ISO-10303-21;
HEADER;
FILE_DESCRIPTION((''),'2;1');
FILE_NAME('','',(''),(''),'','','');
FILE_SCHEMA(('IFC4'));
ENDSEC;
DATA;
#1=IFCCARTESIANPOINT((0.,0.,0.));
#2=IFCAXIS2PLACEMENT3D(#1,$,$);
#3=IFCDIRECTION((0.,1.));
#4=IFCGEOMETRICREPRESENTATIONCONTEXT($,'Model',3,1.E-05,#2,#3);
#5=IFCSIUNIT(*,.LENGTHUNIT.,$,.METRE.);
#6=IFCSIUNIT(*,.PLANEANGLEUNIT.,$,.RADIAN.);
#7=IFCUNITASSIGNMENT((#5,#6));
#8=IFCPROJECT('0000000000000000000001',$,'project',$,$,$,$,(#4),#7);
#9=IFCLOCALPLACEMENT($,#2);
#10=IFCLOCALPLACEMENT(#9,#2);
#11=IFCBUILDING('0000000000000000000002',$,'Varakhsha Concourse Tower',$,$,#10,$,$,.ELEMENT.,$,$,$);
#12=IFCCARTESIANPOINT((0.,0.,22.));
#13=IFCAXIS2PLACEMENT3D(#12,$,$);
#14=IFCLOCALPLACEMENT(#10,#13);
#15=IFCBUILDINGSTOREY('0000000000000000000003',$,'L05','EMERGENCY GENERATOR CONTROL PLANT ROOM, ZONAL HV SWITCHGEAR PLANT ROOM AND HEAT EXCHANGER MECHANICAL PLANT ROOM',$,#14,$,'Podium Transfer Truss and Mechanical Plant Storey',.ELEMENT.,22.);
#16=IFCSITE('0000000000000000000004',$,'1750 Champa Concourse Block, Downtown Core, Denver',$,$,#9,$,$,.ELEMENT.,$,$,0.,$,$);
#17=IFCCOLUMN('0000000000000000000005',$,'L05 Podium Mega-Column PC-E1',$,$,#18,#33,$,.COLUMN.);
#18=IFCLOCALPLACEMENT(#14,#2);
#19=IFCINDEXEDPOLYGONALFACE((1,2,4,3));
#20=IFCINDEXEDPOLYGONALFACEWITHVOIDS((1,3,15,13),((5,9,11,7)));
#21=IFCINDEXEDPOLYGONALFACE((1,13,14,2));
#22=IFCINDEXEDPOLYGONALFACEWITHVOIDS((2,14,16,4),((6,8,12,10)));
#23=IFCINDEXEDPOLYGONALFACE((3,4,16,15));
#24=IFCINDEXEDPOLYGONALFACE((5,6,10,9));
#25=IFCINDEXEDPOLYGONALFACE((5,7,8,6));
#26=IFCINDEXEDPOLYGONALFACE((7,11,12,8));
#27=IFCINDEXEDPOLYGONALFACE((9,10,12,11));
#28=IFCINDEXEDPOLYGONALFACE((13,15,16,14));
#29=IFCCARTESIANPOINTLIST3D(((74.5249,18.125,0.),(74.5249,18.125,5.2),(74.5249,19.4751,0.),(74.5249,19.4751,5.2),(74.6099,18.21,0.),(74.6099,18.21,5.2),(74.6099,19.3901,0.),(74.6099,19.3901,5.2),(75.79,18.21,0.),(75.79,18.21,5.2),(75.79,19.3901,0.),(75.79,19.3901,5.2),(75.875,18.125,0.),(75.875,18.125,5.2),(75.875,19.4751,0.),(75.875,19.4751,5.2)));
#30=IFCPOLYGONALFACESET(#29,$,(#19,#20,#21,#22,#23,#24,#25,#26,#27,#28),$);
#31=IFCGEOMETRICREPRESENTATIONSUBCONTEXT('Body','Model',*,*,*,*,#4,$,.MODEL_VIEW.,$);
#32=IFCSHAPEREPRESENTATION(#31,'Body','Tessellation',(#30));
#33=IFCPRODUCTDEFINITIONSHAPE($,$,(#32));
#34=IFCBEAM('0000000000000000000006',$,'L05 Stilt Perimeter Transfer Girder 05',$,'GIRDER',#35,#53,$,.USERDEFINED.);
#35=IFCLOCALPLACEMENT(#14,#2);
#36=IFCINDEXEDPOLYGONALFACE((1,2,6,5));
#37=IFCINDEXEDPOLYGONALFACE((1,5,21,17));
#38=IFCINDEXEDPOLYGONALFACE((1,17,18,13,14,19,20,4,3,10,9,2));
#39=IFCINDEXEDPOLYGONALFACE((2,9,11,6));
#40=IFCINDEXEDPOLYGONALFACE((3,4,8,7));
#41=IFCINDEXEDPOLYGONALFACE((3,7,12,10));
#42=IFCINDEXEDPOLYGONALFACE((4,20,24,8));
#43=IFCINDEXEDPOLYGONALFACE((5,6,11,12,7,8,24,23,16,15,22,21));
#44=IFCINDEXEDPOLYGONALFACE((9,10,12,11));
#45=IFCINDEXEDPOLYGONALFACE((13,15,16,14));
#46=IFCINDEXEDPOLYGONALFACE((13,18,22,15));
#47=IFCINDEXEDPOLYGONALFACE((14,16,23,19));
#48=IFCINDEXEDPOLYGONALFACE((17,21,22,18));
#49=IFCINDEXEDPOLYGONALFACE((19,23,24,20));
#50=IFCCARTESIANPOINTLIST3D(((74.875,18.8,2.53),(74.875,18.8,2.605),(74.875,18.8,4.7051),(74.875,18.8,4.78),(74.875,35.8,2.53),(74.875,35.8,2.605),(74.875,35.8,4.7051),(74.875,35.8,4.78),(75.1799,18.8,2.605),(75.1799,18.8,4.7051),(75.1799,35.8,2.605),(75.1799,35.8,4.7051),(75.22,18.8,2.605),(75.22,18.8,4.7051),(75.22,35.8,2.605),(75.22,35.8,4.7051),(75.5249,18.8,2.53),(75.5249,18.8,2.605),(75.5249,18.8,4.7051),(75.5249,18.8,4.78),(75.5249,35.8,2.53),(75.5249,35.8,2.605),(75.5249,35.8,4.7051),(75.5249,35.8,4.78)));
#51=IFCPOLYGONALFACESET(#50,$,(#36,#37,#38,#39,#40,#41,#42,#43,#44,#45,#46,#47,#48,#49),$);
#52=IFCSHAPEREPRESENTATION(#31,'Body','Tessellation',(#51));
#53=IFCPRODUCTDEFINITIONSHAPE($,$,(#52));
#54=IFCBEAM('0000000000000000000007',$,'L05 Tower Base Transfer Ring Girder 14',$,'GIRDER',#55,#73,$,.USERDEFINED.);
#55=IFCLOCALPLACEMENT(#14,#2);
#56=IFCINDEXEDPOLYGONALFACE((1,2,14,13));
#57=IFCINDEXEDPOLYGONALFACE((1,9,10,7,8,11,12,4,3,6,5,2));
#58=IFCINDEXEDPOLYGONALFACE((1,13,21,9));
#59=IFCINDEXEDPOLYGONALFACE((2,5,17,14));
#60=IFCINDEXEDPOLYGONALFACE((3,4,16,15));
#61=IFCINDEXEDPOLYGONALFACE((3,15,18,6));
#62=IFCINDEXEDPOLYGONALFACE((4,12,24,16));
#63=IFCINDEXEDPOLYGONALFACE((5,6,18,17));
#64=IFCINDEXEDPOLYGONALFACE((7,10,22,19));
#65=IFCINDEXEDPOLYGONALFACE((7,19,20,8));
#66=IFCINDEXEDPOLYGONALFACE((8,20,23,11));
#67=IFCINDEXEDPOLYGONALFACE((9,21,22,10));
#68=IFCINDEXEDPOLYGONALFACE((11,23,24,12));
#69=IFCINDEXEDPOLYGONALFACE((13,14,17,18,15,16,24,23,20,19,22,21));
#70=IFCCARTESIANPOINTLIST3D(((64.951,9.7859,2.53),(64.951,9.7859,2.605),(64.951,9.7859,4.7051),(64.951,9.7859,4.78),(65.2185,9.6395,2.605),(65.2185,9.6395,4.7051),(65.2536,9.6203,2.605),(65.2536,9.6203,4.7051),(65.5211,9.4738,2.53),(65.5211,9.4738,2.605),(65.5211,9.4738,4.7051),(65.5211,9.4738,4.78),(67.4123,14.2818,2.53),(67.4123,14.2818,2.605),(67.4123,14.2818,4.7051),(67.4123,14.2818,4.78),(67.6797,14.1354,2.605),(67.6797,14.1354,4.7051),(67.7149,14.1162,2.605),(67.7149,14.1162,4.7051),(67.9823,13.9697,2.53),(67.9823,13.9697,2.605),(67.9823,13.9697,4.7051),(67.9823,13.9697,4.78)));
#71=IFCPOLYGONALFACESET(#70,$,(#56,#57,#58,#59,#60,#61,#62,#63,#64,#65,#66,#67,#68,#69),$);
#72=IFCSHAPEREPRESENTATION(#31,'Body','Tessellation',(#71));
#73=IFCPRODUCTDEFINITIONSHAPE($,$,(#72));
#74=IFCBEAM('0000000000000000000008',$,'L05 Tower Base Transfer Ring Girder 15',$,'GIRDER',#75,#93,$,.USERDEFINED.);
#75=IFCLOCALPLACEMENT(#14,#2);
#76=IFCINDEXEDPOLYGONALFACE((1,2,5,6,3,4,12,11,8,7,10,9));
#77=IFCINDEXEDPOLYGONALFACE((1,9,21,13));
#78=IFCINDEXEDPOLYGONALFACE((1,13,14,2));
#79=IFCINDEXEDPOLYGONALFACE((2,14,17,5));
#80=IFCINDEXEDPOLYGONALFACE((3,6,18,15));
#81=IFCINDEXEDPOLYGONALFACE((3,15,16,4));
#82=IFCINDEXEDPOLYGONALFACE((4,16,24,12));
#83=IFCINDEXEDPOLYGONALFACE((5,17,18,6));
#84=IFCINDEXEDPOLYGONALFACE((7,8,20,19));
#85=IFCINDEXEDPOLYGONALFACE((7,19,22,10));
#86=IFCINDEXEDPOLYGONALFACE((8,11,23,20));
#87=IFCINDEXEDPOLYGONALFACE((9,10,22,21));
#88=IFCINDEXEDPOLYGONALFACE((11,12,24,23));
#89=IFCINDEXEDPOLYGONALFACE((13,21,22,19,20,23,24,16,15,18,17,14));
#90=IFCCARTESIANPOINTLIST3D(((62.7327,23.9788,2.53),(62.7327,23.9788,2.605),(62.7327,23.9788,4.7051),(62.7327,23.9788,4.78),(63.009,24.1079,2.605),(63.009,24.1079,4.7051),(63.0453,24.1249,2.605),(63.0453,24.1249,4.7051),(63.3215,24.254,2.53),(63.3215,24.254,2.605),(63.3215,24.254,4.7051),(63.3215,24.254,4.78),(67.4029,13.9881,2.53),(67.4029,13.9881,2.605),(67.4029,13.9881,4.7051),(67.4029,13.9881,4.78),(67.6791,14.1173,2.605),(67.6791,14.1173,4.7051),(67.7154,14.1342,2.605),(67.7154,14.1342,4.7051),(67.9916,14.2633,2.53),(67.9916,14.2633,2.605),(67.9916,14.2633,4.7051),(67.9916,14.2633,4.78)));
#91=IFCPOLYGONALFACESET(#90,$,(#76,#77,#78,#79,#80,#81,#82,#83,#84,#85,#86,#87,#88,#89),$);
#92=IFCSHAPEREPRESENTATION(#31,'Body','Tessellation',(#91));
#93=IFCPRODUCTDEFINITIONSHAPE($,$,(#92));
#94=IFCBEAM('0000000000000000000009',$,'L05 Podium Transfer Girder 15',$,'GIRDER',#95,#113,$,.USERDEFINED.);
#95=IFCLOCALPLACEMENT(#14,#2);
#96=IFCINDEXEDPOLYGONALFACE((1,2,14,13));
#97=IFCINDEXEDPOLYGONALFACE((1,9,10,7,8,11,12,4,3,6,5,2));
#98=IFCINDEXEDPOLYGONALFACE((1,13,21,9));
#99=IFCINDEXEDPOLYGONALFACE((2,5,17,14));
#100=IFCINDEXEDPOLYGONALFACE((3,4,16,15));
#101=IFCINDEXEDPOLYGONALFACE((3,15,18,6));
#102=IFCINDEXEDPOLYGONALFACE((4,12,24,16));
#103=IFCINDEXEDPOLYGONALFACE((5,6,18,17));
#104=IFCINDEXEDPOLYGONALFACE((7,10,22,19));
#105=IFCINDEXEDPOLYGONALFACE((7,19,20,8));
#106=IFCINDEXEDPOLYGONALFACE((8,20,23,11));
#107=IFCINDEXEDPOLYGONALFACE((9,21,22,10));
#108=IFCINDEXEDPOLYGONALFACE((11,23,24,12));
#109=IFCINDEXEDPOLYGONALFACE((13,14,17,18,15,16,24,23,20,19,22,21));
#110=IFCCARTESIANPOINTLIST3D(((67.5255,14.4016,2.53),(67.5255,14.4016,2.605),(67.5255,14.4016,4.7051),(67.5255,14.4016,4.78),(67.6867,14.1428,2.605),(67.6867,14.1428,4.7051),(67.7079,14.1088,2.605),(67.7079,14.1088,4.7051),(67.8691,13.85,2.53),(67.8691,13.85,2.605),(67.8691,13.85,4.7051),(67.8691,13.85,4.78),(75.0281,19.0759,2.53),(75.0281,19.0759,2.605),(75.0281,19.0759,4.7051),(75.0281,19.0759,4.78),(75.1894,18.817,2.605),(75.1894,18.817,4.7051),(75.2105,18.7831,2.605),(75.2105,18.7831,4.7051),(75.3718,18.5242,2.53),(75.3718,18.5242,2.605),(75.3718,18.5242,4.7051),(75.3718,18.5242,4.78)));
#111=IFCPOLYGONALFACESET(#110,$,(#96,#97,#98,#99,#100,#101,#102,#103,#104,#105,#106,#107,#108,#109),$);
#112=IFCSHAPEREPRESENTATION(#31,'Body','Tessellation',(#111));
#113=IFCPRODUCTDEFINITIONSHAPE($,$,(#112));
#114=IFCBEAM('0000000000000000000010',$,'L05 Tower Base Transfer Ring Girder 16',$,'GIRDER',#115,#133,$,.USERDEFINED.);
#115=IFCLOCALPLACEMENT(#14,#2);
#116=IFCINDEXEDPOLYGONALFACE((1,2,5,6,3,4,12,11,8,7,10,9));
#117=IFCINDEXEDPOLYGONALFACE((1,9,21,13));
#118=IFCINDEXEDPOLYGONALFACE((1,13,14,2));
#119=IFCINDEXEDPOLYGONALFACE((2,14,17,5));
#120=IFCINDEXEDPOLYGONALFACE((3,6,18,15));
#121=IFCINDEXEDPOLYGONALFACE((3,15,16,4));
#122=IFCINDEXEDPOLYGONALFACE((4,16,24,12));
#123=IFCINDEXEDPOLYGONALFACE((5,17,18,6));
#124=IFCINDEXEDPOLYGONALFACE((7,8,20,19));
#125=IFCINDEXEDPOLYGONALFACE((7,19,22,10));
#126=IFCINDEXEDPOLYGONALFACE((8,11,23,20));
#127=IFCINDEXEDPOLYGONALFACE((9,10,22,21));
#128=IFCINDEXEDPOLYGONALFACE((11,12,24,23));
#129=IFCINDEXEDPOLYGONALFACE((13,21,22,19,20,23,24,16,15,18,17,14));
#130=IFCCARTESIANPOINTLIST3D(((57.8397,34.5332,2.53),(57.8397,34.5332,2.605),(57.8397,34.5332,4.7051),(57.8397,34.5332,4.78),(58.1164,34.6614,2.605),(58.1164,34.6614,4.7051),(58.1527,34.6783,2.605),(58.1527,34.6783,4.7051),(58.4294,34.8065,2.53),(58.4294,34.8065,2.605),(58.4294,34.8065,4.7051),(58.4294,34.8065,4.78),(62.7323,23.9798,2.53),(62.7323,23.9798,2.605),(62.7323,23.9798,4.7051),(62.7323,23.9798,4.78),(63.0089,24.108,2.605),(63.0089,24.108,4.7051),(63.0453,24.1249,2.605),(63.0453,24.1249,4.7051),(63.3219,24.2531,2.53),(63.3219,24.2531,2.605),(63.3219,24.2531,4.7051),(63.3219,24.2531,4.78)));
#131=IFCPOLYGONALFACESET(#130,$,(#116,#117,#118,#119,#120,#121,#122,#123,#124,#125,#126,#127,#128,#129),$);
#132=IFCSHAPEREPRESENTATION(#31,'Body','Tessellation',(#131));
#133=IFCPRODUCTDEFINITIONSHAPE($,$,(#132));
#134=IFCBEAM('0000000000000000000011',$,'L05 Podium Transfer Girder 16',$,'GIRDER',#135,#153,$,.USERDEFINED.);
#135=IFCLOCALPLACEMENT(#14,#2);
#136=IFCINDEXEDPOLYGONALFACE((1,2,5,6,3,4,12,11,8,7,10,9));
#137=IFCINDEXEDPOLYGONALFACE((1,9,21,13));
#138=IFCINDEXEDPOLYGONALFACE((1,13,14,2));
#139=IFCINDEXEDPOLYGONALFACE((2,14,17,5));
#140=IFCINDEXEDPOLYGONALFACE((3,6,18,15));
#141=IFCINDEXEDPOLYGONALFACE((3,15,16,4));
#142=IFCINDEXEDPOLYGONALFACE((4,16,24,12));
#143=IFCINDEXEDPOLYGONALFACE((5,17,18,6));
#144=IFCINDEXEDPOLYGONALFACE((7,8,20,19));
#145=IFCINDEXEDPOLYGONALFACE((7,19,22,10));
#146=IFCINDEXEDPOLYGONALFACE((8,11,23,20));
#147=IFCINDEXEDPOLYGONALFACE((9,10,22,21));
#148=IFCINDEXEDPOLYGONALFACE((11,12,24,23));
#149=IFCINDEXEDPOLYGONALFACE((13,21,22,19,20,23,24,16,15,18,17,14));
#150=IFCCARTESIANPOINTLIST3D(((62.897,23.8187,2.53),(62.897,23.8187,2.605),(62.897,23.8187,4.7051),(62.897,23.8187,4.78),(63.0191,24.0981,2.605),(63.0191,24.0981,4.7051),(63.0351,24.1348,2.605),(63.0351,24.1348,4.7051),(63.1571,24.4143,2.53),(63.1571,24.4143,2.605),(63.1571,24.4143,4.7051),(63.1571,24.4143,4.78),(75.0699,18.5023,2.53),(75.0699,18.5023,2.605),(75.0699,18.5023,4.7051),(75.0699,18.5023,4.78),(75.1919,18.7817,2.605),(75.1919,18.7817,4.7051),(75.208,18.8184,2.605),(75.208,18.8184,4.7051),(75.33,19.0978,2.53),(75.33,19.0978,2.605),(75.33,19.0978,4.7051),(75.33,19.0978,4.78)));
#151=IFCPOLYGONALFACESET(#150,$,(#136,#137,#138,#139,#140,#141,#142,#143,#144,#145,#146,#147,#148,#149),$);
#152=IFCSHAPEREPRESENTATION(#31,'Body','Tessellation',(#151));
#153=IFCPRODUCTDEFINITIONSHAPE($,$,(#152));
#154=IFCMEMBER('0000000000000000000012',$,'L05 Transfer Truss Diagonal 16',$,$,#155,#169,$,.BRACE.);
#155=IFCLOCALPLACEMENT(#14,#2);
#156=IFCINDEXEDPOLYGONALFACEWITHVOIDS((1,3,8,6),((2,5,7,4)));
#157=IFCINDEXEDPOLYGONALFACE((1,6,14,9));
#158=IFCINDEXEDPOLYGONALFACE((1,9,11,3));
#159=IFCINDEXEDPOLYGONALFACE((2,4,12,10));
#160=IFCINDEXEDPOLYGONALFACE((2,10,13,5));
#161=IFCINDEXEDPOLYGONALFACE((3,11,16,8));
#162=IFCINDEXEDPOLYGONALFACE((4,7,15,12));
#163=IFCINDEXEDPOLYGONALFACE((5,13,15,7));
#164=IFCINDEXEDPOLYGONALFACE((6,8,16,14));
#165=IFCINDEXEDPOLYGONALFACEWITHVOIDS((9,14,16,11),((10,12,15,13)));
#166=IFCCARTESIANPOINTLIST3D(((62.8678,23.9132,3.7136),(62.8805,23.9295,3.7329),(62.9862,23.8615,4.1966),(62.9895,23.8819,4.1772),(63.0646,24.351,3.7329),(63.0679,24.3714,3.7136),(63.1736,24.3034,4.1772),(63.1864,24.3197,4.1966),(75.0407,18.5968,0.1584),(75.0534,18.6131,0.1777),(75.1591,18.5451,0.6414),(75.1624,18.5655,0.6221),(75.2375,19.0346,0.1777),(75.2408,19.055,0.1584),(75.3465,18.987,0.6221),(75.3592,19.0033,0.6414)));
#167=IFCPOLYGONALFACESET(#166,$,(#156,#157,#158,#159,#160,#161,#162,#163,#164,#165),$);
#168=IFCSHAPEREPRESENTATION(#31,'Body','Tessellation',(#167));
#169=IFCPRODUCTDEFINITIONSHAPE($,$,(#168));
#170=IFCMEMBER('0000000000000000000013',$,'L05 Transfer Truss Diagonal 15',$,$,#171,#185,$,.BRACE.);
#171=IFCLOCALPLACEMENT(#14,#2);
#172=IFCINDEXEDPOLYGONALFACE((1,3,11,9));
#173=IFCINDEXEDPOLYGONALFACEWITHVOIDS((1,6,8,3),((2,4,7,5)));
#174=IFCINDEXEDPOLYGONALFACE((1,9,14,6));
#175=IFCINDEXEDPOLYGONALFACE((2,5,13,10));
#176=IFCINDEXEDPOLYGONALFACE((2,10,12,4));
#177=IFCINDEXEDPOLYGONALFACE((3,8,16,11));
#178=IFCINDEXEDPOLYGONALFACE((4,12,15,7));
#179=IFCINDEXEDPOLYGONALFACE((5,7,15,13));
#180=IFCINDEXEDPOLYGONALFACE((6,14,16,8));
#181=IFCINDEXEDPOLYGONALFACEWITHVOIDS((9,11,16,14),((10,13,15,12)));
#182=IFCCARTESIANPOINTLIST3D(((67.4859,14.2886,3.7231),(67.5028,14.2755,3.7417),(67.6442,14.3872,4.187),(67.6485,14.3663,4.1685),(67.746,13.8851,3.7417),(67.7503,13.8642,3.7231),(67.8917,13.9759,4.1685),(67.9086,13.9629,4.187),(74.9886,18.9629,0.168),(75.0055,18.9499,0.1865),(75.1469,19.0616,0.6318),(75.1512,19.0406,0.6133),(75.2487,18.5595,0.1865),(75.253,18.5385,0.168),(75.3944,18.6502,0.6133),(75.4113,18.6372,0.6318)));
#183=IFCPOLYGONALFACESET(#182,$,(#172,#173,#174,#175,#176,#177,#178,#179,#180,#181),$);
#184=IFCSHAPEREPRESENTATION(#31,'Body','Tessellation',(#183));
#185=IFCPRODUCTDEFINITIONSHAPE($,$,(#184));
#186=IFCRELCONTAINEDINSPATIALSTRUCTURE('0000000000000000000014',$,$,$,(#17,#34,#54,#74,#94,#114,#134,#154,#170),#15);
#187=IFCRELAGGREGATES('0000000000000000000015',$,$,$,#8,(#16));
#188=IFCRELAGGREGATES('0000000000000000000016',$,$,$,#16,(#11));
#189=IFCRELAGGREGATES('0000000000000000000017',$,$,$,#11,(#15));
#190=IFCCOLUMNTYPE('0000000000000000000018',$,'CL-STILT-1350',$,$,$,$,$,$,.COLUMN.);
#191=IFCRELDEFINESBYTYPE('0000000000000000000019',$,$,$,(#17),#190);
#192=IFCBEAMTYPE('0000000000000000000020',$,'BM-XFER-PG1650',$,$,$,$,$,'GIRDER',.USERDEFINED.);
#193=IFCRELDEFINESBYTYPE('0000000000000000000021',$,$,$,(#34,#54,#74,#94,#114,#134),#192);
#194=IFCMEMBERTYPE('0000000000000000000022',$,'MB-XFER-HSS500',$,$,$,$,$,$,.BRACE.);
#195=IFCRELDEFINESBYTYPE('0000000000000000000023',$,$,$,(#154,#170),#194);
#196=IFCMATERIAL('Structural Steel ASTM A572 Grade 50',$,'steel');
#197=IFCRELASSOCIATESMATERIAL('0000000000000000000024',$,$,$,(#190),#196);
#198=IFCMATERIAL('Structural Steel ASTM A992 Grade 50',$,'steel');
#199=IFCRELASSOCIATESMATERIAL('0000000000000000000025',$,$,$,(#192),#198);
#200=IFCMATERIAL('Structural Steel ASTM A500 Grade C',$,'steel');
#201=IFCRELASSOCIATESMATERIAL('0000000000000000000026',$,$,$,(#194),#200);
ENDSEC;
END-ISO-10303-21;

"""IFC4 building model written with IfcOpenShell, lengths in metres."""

from ifc_helpers import new_model, si_unit, direction, frame, origin, origin_2d, place, context, subcontext, project, spatial, hollow_rectangle, i_section, extrude, source, transform, mapped, material, material_profile, profile_set, type_object, type_shapes, element, save


model = new_model("IFC4")

# Units and contexts
model_context = context("Model", 3, precision=1e-05, world=origin(), true_north=direction((0.0, 1.0)))
body_context = subcontext(model_context, "Body", "Model", "MODEL_VIEW")
ifc_project = project(units=[si_unit("LENGTHUNIT", "METRE"), si_unit("PLANEANGLEUNIT", "RADIAN")], contexts=[model_context])

# Site, building, storey
site_placement = place(None, origin())
site = spatial("IfcSite", under=ifc_project, at=site_placement, Name="1750 Champa Concourse Block, Downtown Core, Denver", CompositionType="ELEMENT", RefElevation=0.0)
building_placement = place(site_placement, origin())
building = spatial("IfcBuilding", under=site, at=building_placement, Name="Varakhsha Concourse Tower", CompositionType="ELEMENT")
storey_placement = place(building_placement, frame((0.0, 0.0, 22.0)))
storey = spatial("IfcBuildingStorey", under=building, at=storey_placement, Name="L05", Description="EMERGENCY GENERATOR CONTROL PLANT ROOM, ZONAL HV SWITCHGEAR PLANT ROOM AND HEAT EXCHANGER MECHANICAL PLANT ROOM", LongName="Podium Transfer Truss and Mechanical Plant Storey", CompositionType="ELEMENT", Elevation=22.0)

# Column
ifc_material_1 = material(Name="Structural Steel ASTM A572 Grade 50", Category="steel")
ifc_material_profile_1 = material_profile(ifc_material_1, hollow_rectangle(XDim=1.3501, YDim=1.3501, WallThickness=0.085, at=origin_2d()), Name="BOX 1350x1350x85")
ifc_profile_set_1 = profile_set([ifc_material_profile_1], Name="Structural Steel ASTM A572 Grade 50")
column_type = type_object("IfcColumnType", Name="CL-STILT-1350", PredefinedType="COLUMN", material=ifc_profile_set_1)
column_placement = place(storey_placement, frame((75.2, 18.8, 0.0), z_axis=(0.0, 0.0, 1.0), x_axis=(1.0, 0.0, 0.0)))
element("IfcColumn", 1, at=column_placement, inside=storey, type_object=column_type, Name="L05 Podium Mega-Column PC-E1", PredefinedType="COLUMN", context=body_context, shape_type="SweptSolid", body=[
    extrude(hollow_rectangle(XDim=1.3501, YDim=1.3501, WallThickness=0.085, at=origin_2d()), origin(), (0.0, 0.0, 1.0), 5.2),
])

# Beams
ifc_material_2 = material(Name="Structural Steel ASTM A992 Grade 50", Category="steel")
ifc_material_profile_2 = material_profile(ifc_material_2, i_section(OverallWidth=0.6499, OverallDepth=2.25, WebThickness=0.04, FlangeThickness=0.075, at=origin_2d()), Name="PG 2250x650x75x40")
ifc_profile_set_2 = profile_set([ifc_material_profile_2], Name="Structural Steel ASTM A992 Grade 50")
beam_type = type_object("IfcBeamType", Name="BM-XFER-PG1650", ElementType="GIRDER", PredefinedType="USERDEFINED", material=ifc_profile_set_2)
beam_1_placement = place(storey_placement, frame((75.2, 18.8, 3.655), z_axis=(0.0, 1.0, 0.0), x_axis=(-1.0, 0.0, 0.0)))
element("IfcBeam", 2, at=beam_1_placement, inside=storey, type_object=beam_type, Name="L05 Stilt Perimeter Transfer Girder 05", ObjectType="GIRDER", PredefinedType="USERDEFINED", context=body_context, shape_type="SweptSolid", body=[
    extrude(i_section(OverallWidth=0.6499, OverallDepth=2.25, WebThickness=0.04, FlangeThickness=0.075, at=origin_2d()), origin(), (0.0, 0.0, 1.0), 17.0),
])
beam_2_placement = place(storey_placement, frame((65.2361, 9.6299, 3.655), z_axis=(0.48019, 0.877165, 0.0), x_axis=(-0.877165, 0.48019, 0.0)))
element("IfcBeam", 3, at=beam_2_placement, inside=storey, type_object=beam_type, Name="L05 Tower Base Transfer Ring Girder 14", ObjectType="GIRDER", PredefinedType="USERDEFINED", context=body_context, shape_type="SweptSolid", body=[
    extrude(i_section(OverallWidth=0.6499, OverallDepth=2.25, WebThickness=0.04, FlangeThickness=0.075, at=origin_2d()), origin(), (0.0, 0.0, 1.0), 5.1255),
])
beam_3_placement = place(storey_placement, frame((67.6973, 14.1257, 3.655), z_axis=(-0.423468, 0.905911, 0.0), x_axis=(-0.905911, -0.423468, 0.0)))
element("IfcBeam", 4, at=beam_3_placement, inside=storey, type_object=beam_type, Name="L05 Tower Base Transfer Ring Girder 15", ObjectType="GIRDER", PredefinedType="USERDEFINED", context=body_context, shape_type="SweptSolid", body=[
    extrude(i_section(OverallWidth=0.6499, OverallDepth=2.25, WebThickness=0.04, FlangeThickness=0.075, at=origin_2d()), origin(), (0.0, 0.0, 1.0), 11.0283),
])
beam_4_placement = place(storey_placement, frame((75.2, 18.8, 3.655), z_axis=(-0.848753, -0.528789, 0.0), x_axis=(0.528789, -0.848753, 0.0)))
element("IfcBeam", 5, at=beam_4_placement, inside=storey, type_object=beam_type, Name="L05 Podium Transfer Girder 15", ObjectType="GIRDER", PredefinedType="USERDEFINED", context=body_context, shape_type="SweptSolid", body=[
    extrude(i_section(OverallWidth=0.6499, OverallDepth=2.25, WebThickness=0.04, FlangeThickness=0.075, at=origin_2d()), origin(), (0.0, 0.0, 1.0), 8.8396),
])
beam_5_placement = place(storey_placement, frame((63.0271, 24.1165, 3.655), z_axis=(-0.420599, 0.907247, 0.0), x_axis=(-0.907247, -0.420599, 0.0)))
element("IfcBeam", 6, at=beam_5_placement, inside=storey, type_object=beam_type, Name="L05 Tower Base Transfer Ring Girder 16", ObjectType="GIRDER", PredefinedType="USERDEFINED", context=body_context, shape_type="SweptSolid", body=[
    extrude(i_section(OverallWidth=0.6499, OverallDepth=2.25, WebThickness=0.04, FlangeThickness=0.075, at=origin_2d()), origin(), (0.0, 0.0, 1.0), 11.6323),
])
beam_6_placement = place(storey_placement, frame((75.2, 18.8, 3.655), z_axis=(-0.916412, 0.400236, 0.0), x_axis=(-0.400236, -0.916412, 0.0)))
element("IfcBeam", 7, at=beam_6_placement, inside=storey, type_object=beam_type, Name="L05 Podium Transfer Girder 16", ObjectType="GIRDER", PredefinedType="USERDEFINED", context=body_context, shape_type="SweptSolid", body=[
    extrude(i_section(OverallWidth=0.6499, OverallDepth=2.25, WebThickness=0.04, FlangeThickness=0.075, at=origin_2d()), origin(), (0.0, 0.0, 1.0), 13.2832),
])

# Members
ifc_material_3 = material(Name="Structural Steel ASTM A500 Grade C", Category="steel")
ifc_material_profile_3 = material_profile(ifc_material_3, hollow_rectangle(XDim=0.5, YDim=0.5, WallThickness=0.02, at=origin_2d()), Name="HSS 500x500x20")
ifc_profile_set_3 = profile_set([ifc_material_profile_3], Name="Structural Steel ASTM A500 Grade C")
member_type_1 = type_object("IfcMemberType", Name="MB-XFER-HSS500", PredefinedType="BRACE", material=ifc_profile_set_3)
shared_shape_1 = source(origin(), body_context, "Body", "SweptSolid", [
    extrude(hollow_rectangle(XDim=0.5, YDim=0.5, WallThickness=0.02, at=origin_2d()), origin(), (0.0, 0.0, 1.0), 13.7507),
])
member_1_placement = place(storey_placement, frame((75.2, 18.8, 0.3999), z_axis=(-0.885253, 0.386628, 0.258545), x_axis=(-0.400236, -0.916412, 0.0)))
element("IfcMember", 8, at=member_1_placement, inside=storey, type_object=member_type_1, Name="L05 Transfer Truss Diagonal 16", PredefinedType="BRACE", context=body_context, shape_type="MappedRepresentation", body=[
    mapped(shared_shape_1, transform((0.0, 0.0, 0.0), scale=1.0)),
])
shared_shape_2 = source(origin(), body_context, "Body", "SweptSolid", [
    extrude(hollow_rectangle(XDim=0.5, YDim=0.5, WallThickness=0.02, at=origin_2d()), origin(), (0.0, 0.0, 1.0), 9.5278),
])
type_shapes(member_type_1, [shared_shape_1, shared_shape_2])
member_2_placement = place(storey_placement, frame((75.2, 18.8, 0.3999), z_axis=(-0.787453, -0.490598, 0.373137), x_axis=(0.528789, -0.848753, 0.0)))
element("IfcMember", 9, at=member_2_placement, inside=storey, type_object=member_type_1, Name="L05 Transfer Truss Diagonal 15", PredefinedType="BRACE", context=body_context, shape_type="MappedRepresentation", body=[
    mapped(shared_shape_2, transform((0.0, 0.0, 0.0), scale=1.0)),
])

save(model, "model.ifc")
